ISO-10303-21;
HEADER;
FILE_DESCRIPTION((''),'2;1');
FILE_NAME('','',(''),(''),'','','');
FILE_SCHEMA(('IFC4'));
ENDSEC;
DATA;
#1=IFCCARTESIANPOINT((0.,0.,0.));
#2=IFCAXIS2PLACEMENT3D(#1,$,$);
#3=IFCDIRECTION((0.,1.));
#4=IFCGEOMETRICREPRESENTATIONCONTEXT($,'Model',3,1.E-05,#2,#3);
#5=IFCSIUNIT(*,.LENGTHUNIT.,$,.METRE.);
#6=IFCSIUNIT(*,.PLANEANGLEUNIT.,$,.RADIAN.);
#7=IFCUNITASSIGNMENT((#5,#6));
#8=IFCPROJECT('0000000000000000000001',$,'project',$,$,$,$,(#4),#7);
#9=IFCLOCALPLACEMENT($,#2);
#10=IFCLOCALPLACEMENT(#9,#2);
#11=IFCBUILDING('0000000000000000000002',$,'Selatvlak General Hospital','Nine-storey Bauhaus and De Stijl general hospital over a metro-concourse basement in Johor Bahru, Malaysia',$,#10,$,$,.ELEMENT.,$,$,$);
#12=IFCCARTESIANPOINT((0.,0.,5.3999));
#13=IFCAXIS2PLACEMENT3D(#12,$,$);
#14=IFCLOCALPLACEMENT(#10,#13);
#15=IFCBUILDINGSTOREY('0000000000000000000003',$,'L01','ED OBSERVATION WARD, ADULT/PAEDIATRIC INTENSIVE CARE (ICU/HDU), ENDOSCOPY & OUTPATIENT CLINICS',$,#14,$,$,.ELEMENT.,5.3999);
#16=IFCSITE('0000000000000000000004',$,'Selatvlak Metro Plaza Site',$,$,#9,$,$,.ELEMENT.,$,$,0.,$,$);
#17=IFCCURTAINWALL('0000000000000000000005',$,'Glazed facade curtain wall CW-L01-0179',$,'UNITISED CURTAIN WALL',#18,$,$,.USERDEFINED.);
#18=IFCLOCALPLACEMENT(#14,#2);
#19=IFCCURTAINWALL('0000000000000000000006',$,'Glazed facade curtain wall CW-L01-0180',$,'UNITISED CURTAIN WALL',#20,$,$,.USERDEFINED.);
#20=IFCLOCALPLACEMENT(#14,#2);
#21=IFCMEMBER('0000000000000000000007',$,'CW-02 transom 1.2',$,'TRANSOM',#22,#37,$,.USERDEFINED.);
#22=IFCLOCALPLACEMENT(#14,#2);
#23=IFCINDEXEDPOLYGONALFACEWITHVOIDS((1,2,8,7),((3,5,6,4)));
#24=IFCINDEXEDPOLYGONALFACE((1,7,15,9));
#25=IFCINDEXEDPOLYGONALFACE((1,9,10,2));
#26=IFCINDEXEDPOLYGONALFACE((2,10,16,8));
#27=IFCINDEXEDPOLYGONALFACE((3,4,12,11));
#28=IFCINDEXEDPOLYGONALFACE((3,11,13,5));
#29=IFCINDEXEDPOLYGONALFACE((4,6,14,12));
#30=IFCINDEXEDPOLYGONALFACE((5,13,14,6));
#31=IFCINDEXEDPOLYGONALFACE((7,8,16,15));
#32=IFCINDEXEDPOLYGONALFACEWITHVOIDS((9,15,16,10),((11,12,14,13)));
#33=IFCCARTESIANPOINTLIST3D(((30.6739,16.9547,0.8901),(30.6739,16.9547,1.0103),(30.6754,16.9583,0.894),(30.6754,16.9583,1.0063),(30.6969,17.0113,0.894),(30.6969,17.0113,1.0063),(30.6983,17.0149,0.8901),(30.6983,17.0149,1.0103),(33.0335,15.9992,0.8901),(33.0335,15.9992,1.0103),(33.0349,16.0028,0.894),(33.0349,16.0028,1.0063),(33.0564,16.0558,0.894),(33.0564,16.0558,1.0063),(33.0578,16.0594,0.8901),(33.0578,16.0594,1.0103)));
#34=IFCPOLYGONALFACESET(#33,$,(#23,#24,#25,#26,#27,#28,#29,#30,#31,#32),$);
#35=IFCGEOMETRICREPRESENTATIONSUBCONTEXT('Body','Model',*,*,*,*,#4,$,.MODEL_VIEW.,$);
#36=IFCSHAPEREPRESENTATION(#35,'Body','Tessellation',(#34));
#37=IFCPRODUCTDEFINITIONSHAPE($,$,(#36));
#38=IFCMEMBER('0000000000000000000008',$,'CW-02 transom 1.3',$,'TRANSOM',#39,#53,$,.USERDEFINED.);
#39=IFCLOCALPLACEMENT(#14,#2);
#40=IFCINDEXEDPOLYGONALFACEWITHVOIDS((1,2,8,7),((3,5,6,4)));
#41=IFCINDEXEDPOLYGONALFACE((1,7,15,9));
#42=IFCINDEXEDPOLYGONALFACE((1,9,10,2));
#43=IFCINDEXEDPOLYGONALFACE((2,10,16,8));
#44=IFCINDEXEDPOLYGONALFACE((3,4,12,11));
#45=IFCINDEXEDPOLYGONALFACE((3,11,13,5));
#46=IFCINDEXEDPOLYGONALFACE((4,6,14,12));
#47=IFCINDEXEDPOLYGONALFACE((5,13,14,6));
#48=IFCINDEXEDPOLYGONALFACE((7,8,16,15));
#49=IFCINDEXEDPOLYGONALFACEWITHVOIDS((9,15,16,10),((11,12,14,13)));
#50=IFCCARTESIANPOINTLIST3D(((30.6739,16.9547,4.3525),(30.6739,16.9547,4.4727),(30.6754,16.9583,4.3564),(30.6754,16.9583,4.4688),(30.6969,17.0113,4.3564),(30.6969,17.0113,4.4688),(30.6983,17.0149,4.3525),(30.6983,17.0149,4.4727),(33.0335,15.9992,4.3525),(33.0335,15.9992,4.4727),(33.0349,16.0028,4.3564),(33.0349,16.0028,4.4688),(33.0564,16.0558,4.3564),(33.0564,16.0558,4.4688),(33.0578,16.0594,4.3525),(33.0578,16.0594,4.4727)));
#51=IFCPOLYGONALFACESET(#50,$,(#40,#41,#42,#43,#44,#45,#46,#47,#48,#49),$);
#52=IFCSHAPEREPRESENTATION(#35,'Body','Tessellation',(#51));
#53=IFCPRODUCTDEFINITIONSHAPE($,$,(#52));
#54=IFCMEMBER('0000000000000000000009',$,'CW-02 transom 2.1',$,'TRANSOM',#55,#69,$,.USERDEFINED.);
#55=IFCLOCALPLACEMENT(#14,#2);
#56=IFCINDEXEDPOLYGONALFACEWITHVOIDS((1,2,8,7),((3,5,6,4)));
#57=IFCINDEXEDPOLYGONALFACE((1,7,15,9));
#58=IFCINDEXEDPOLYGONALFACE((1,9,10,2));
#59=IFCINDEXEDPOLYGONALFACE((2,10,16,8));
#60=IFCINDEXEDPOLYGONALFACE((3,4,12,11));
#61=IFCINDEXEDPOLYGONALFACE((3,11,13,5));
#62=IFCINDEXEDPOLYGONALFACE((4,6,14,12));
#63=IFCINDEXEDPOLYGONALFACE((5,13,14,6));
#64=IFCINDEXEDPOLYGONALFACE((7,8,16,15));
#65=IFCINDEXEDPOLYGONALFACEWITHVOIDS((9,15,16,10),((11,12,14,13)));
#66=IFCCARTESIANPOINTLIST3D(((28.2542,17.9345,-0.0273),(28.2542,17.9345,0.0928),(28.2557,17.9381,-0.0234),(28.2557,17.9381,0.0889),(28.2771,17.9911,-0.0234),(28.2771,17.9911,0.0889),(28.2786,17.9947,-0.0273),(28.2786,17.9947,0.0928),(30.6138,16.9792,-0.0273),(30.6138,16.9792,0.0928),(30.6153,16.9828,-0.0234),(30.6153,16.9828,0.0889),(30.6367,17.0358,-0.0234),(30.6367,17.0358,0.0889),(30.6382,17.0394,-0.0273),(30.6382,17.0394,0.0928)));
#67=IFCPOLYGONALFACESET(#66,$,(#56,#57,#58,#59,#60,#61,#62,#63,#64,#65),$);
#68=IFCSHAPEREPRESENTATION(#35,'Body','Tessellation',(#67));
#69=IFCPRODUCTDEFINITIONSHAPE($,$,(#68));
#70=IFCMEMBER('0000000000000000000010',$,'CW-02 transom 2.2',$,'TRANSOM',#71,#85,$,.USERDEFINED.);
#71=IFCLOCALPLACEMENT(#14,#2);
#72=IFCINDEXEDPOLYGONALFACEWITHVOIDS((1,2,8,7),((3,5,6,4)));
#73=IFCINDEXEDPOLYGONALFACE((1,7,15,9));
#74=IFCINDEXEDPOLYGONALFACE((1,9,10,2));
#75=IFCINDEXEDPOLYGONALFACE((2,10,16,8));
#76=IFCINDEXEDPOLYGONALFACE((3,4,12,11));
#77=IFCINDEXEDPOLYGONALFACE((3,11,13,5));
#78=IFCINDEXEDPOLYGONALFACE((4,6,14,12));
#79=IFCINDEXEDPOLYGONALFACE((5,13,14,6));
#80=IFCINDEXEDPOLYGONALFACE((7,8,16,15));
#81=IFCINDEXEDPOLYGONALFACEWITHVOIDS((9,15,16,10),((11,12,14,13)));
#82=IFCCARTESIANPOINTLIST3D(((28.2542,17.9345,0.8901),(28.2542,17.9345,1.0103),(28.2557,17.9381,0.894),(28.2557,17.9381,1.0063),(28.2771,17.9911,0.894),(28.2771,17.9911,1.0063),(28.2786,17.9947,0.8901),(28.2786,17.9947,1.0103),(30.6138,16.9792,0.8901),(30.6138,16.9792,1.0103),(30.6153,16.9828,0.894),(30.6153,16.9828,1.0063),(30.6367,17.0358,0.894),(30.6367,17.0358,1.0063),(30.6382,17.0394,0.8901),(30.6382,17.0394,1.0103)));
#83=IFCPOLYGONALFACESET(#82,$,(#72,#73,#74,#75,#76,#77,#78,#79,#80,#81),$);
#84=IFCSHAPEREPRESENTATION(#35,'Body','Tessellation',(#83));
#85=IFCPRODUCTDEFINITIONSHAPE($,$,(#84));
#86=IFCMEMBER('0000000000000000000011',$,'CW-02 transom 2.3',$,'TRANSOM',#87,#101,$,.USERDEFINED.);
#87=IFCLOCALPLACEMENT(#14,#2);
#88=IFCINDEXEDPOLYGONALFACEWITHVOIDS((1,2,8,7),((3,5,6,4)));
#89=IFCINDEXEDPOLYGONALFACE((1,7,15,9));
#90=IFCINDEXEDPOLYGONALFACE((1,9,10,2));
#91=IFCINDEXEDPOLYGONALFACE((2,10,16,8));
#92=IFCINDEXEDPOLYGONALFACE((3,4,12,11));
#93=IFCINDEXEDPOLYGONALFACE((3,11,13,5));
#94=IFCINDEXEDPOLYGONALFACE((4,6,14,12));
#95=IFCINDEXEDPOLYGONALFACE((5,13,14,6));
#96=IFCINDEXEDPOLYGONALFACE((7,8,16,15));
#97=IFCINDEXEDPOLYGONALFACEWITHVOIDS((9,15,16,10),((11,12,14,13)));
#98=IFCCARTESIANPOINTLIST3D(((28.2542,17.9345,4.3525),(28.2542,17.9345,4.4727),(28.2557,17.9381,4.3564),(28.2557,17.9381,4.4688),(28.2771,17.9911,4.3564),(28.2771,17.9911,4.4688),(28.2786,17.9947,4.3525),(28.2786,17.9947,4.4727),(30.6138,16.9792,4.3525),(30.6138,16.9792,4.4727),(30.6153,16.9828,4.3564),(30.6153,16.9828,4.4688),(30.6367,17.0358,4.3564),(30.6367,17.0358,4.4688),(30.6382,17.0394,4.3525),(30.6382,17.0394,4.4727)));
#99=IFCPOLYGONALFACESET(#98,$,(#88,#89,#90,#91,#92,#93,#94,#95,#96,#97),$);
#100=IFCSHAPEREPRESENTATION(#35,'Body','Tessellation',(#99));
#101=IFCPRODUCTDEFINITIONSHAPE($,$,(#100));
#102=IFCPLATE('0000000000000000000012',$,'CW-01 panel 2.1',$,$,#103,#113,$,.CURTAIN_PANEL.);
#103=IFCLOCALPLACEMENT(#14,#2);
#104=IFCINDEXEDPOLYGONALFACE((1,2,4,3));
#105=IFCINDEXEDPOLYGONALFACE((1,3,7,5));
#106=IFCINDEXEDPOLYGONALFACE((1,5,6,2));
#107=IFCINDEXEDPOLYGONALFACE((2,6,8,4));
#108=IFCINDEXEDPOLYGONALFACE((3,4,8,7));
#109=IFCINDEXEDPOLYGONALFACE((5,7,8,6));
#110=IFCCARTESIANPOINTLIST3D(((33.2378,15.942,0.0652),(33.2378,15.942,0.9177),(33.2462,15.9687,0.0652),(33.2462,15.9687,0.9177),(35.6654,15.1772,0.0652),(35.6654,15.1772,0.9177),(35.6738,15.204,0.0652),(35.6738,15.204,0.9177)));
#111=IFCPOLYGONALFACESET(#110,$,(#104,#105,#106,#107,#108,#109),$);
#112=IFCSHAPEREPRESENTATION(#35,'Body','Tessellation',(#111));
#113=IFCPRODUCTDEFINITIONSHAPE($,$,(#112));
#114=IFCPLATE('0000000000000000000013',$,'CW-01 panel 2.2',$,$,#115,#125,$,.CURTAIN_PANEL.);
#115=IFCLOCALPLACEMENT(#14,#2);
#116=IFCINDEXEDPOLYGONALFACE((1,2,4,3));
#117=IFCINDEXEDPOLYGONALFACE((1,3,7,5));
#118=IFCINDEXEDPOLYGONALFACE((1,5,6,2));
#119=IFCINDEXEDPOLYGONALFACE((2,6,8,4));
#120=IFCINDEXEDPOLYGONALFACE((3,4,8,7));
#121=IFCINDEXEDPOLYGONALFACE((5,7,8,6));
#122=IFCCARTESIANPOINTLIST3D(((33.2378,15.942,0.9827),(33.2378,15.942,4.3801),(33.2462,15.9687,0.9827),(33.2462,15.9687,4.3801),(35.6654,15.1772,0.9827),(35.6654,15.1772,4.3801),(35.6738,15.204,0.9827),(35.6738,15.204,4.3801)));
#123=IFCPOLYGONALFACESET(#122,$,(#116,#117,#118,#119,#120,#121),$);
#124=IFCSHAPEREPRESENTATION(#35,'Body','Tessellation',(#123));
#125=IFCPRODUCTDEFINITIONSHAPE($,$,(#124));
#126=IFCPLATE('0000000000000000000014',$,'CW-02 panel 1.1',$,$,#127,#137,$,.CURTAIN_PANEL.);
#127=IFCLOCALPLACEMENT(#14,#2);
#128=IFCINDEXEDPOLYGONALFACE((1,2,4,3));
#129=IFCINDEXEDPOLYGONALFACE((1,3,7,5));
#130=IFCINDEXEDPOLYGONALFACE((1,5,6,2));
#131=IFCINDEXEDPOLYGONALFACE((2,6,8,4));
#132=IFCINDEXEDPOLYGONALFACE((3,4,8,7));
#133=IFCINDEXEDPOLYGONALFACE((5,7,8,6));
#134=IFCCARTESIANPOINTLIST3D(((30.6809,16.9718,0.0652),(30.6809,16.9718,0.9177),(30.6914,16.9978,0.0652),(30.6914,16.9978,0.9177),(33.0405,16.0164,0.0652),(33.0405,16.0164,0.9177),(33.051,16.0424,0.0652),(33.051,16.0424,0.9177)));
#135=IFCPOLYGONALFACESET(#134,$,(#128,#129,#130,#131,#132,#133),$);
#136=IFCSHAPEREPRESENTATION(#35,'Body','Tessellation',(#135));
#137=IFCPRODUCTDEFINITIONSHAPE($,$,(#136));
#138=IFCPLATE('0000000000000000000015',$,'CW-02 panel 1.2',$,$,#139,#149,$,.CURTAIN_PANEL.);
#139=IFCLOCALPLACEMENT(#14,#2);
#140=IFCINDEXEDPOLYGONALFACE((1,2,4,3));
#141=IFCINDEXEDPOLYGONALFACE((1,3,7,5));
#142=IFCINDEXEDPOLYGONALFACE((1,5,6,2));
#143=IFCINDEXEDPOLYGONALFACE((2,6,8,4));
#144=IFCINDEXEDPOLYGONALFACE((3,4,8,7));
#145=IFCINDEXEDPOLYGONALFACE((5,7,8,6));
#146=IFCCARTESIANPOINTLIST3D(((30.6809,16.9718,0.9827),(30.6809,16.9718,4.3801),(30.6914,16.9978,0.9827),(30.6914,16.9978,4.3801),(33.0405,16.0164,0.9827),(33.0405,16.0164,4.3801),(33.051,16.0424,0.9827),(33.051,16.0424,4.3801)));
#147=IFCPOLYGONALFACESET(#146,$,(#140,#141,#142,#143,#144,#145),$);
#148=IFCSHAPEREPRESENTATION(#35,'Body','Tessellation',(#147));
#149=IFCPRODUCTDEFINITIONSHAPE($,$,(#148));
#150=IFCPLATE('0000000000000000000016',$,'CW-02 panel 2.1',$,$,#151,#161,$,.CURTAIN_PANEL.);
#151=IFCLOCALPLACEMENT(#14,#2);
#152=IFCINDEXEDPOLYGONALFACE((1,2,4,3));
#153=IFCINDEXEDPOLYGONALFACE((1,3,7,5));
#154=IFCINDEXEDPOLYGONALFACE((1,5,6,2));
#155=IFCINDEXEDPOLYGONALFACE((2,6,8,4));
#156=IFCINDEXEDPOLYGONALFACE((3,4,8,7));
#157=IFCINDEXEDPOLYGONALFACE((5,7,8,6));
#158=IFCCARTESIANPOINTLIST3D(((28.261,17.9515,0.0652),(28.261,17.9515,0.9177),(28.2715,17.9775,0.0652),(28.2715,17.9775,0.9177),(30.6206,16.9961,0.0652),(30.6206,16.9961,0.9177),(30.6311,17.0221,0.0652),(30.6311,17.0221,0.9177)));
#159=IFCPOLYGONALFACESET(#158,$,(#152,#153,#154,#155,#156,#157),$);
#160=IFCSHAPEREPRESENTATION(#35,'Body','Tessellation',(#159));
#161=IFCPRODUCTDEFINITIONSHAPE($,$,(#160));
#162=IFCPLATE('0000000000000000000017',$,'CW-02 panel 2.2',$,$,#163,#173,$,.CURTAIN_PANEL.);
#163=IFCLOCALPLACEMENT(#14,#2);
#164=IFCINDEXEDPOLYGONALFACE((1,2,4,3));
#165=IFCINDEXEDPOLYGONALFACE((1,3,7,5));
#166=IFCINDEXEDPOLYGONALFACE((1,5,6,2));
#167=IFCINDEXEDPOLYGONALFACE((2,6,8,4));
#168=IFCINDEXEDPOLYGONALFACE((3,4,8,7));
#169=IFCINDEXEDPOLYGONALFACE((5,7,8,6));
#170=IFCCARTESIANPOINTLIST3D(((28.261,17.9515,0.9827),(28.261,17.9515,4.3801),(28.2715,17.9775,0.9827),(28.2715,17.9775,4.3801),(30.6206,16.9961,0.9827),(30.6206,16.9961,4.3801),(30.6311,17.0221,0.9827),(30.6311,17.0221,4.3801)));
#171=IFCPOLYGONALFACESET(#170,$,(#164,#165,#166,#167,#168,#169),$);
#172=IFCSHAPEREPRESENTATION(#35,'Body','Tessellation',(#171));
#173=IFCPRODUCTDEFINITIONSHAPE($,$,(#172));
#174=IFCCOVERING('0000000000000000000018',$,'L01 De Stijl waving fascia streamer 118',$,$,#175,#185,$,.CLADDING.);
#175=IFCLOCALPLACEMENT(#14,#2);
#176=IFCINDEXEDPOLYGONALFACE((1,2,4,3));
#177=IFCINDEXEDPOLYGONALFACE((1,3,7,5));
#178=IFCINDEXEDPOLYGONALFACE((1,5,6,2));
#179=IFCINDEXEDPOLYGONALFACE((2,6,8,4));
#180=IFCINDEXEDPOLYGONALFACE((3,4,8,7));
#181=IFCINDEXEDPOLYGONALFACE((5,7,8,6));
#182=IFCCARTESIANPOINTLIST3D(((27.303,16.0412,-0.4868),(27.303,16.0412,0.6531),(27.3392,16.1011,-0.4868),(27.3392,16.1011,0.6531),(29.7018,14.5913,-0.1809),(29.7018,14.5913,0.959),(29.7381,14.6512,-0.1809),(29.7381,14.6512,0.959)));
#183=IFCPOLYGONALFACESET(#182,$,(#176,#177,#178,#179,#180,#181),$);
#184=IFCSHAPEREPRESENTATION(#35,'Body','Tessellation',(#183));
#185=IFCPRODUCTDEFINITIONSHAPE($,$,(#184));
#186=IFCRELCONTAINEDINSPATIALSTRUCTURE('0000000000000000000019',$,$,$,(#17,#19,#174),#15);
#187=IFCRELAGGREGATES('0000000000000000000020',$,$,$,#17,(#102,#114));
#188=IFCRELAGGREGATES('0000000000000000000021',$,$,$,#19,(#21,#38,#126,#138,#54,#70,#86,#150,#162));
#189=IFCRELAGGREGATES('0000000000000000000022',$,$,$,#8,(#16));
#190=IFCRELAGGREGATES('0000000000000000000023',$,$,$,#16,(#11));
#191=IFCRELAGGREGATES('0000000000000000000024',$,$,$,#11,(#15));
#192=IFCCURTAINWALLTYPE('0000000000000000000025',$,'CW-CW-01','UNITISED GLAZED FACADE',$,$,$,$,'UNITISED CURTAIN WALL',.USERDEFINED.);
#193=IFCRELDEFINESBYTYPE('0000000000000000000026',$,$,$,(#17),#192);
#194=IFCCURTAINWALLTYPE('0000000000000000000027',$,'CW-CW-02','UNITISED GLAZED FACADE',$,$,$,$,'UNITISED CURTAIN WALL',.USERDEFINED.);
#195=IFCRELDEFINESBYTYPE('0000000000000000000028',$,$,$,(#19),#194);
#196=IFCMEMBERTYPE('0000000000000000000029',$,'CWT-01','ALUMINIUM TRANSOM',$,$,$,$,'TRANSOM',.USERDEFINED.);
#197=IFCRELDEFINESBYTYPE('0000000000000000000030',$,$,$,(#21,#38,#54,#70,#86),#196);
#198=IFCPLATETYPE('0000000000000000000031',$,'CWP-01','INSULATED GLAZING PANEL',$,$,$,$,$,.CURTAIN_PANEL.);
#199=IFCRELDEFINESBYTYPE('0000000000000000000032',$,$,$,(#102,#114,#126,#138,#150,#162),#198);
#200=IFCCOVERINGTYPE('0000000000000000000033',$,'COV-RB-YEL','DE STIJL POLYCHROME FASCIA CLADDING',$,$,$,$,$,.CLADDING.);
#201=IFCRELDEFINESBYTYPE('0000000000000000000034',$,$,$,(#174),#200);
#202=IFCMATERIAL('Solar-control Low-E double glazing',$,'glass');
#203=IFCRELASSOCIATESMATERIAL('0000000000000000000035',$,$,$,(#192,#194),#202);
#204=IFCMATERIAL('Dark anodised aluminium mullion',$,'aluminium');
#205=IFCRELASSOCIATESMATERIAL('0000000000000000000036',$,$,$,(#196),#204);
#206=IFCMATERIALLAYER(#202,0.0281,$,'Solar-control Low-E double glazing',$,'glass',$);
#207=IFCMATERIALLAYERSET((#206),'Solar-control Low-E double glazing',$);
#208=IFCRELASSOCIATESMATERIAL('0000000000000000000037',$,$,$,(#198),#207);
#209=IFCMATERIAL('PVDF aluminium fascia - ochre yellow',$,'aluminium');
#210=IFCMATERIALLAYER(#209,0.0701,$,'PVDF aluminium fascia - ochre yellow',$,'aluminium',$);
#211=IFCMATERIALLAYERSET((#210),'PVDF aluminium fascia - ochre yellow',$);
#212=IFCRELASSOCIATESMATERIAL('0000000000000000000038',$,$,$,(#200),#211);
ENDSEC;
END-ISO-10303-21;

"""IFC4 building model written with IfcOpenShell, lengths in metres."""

from ifc_helpers import new_model, si_unit, direction, frame, origin, origin_2d, place, context, subcontext, project, spatial, polyline, rectangle, hollow_rectangle, outline, extrude, material, layer, layer_set, material_profile, profile_set, type_object, element, aggregate, save


model = new_model("IFC4")

# Units and contexts
model_context = context("Model", 3, precision=1e-05, world=origin(), true_north=direction((0.0, 1.0)))
body_context = subcontext(model_context, "Body", "Model", "MODEL_VIEW")
ifc_project = project(units=[si_unit("LENGTHUNIT", "METRE"), si_unit("PLANEANGLEUNIT", "RADIAN")], contexts=[model_context])

# Site, building, storey
site_placement = place(None, origin())
site = spatial("IfcSite", under=ifc_project, at=site_placement, Name="Selatvlak Metro Plaza Site", CompositionType="ELEMENT", RefElevation=0.0)
building_placement = place(site_placement, origin())
building = spatial("IfcBuilding", under=site, at=building_placement, Name="Selatvlak General Hospital", Description="Nine-storey Bauhaus and De Stijl general hospital over a metro-concourse basement in Johor Bahru, Malaysia", CompositionType="ELEMENT")
storey_placement = place(building_placement, frame((0.0, 0.0, 5.3999)))
storey = spatial("IfcBuildingStorey", under=building, at=storey_placement, Name="L01", Description="ED OBSERVATION WARD, ADULT/PAEDIATRIC INTENSIVE CARE (ICU/HDU), ENDOSCOPY & OUTPATIENT CLINICS", CompositionType="ELEMENT", Elevation=5.3999)

# Curtain wall
ifc_material_1 = material(Name="Solar-control Low-E double glazing", Category="glass")
curtain_wall_type_1 = type_object("IfcCurtainWallType", Name="CW-CW-01", Description="UNITISED GLAZED FACADE", ElementType="UNITISED CURTAIN WALL", PredefinedType="USERDEFINED", material=ifc_material_1)
curtain_wall_1_placement = place(storey_placement, origin())
curtain_wall_1 = element("IfcCurtainWall", 1, at=curtain_wall_1_placement, inside=storey, type_object=curtain_wall_type_1, Name="Glazed facade curtain wall CW-L01-0179", ObjectType="UNITISED CURTAIN WALL", PredefinedType="USERDEFINED")
ifc_material_2 = material(Name="Dark anodised aluminium mullion", Category="aluminium")

# Curtain wall
curtain_wall_type_2 = type_object("IfcCurtainWallType", Name="CW-CW-02", Description="UNITISED GLAZED FACADE", ElementType="UNITISED CURTAIN WALL", PredefinedType="USERDEFINED", material=ifc_material_1)
curtain_wall_2_placement = place(storey_placement, origin())
curtain_wall_2 = element("IfcCurtainWall", 2, at=curtain_wall_2_placement, inside=storey, type_object=curtain_wall_type_2, Name="Glazed facade curtain wall CW-L01-0180", ObjectType="UNITISED CURTAIN WALL", PredefinedType="USERDEFINED")

# Members
ifc_material_profile_1 = material_profile(ifc_material_2, hollow_rectangle(XDim=0.0649, YDim=0.1201, WallThickness=0.0039, at=origin_2d()), Name="AL-TRN 65x120x4")
ifc_profile_set_1 = profile_set([ifc_material_profile_1], Name="Dark anodised aluminium mullion")
member_type_1 = type_object("IfcMemberType", Name="CWT-01", Description="ALUMINIUM TRANSOM", ElementType="TRANSOM", PredefinedType="USERDEFINED", material=ifc_profile_set_1)
member_1_placement = place(storey_placement, frame((33.0457, 16.0293, 0.9502), z_axis=(-0.926881, 0.375356, 0.0), x_axis=(-0.375356, -0.926881, 0.0)))
member_1 = element("IfcMember", 3, at=member_1_placement, type_object=member_type_1, Name="CW-02 transom 1.2", ObjectType="TRANSOM", PredefinedType="USERDEFINED", context=body_context, shape_type="SweptSolid", body=[
    extrude(hollow_rectangle(XDim=0.0649, YDim=0.1201, WallThickness=0.0039, at=origin_2d()), origin(), (0.0, 0.0, 1.0), 2.5457),
])
member_2_placement = place(storey_placement, frame((33.0457, 16.0293, 4.4126), z_axis=(-0.926881, 0.375356, 0.0), x_axis=(-0.375356, -0.926881, 0.0)))
member_2 = element("IfcMember", 4, at=member_2_placement, type_object=member_type_1, Name="CW-02 transom 1.3", ObjectType="TRANSOM", PredefinedType="USERDEFINED", context=body_context, shape_type="SweptSolid", body=[
    extrude(hollow_rectangle(XDim=0.0649, YDim=0.1201, WallThickness=0.0039, at=origin_2d()), origin(), (0.0, 0.0, 1.0), 2.5457),
])
member_3_placement = place(storey_placement, frame((30.626, 17.0093, 0.0327), z_axis=(-0.926914, 0.375273, 0.0), x_axis=(-0.375273, -0.926914, 0.0)))
member_3 = element("IfcMember", 5, at=member_3_placement, type_object=member_type_1, Name="CW-02 transom 2.1", ObjectType="TRANSOM", PredefinedType="USERDEFINED", context=body_context, shape_type="SweptSolid", body=[
    extrude(hollow_rectangle(XDim=0.0649, YDim=0.1201, WallThickness=0.0039, at=origin_2d()), origin(), (0.0, 0.0, 1.0), 2.5457),
])
member_4_placement = place(storey_placement, frame((30.626, 17.0093, 0.9502), z_axis=(-0.926914, 0.375273, 0.0), x_axis=(-0.375273, -0.926914, 0.0)))
member_4 = element("IfcMember", 6, at=member_4_placement, type_object=member_type_1, Name="CW-02 transom 2.2", ObjectType="TRANSOM", PredefinedType="USERDEFINED", context=body_context, shape_type="SweptSolid", body=[
    extrude(hollow_rectangle(XDim=0.0649, YDim=0.1201, WallThickness=0.0039, at=origin_2d()), origin(), (0.0, 0.0, 1.0), 2.5457),
])
member_5_placement = place(storey_placement, frame((30.626, 17.0093, 4.4126), z_axis=(-0.926914, 0.375273, 0.0), x_axis=(-0.375273, -0.926914, 0.0)))
member_5 = element("IfcMember", 7, at=member_5_placement, type_object=member_type_1, Name="CW-02 transom 2.3", ObjectType="TRANSOM", PredefinedType="USERDEFINED", context=body_context, shape_type="SweptSolid", body=[
    extrude(hollow_rectangle(XDim=0.0649, YDim=0.1201, WallThickness=0.0039, at=origin_2d()), origin(), (0.0, 0.0, 1.0), 2.5457),
])

# Plates
ifc_layer_1 = layer(ifc_material_1, 0.0281, Name="Solar-control Low-E double glazing", Category="glass")
ifc_layer_set_1 = layer_set([ifc_layer_1], Name="Solar-control Low-E double glazing")
plate_type = type_object("IfcPlateType", Name="CWP-01", Description="INSULATED GLAZING PANEL", PredefinedType="CURTAIN_PANEL", material=ifc_layer_set_1)
plate_1_placement = place(storey_placement, frame((34.4558, 15.573, 0.0652), z_axis=(0.0, 0.0, 1.0), x_axis=(-0.953794, 0.300461, 0.0)))
plate_1 = element("IfcPlate", 8, at=plate_1_placement, type_object=plate_type, Name="CW-01 panel 2.1", PredefinedType="CURTAIN_PANEL", context=body_context, shape_type="SweptSolid", body=[
    extrude(rectangle(XDim=2.5452, YDim=0.0281, at=origin_2d()), origin(), (0.0, 0.0, 1.0), 0.8525),
])
plate_2_placement = place(storey_placement, frame((34.4558, 15.573, 0.9827), z_axis=(0.0, 0.0, 1.0), x_axis=(-0.953794, 0.300461, 0.0)))
plate_2 = element("IfcPlate", 9, at=plate_2_placement, type_object=plate_type, Name="CW-01 panel 2.2", PredefinedType="CURTAIN_PANEL", context=body_context, shape_type="SweptSolid", body=[
    extrude(rectangle(XDim=2.5452, YDim=0.0281, at=origin_2d()), origin(), (0.0, 0.0, 1.0), 3.3975),
])
aggregate(curtain_wall_1, [plate_1, plate_2])
plate_3_placement = place(storey_placement, frame((31.866, 16.5071, 0.0652), z_axis=(0.0, 0.0, 1.0), x_axis=(-0.926903, 0.375301, 0.0)))
plate_3 = element("IfcPlate", 10, at=plate_3_placement, type_object=plate_type, Name="CW-02 panel 1.1", PredefinedType="CURTAIN_PANEL", context=body_context, shape_type="SweptSolid", body=[
    extrude(rectangle(XDim=2.5457, YDim=0.0281, at=origin_2d()), origin(), (0.0, 0.0, 1.0), 0.8525),
])
plate_4_placement = place(storey_placement, frame((31.866, 16.5071, 0.9827), z_axis=(0.0, 0.0, 1.0), x_axis=(-0.926903, 0.375301, 0.0)))
plate_4 = element("IfcPlate", 11, at=plate_4_placement, type_object=plate_type, Name="CW-02 panel 1.2", PredefinedType="CURTAIN_PANEL", context=body_context, shape_type="SweptSolid", body=[
    extrude(rectangle(XDim=2.5457, YDim=0.0281, at=origin_2d()), origin(), (0.0, 0.0, 1.0), 3.3975),
])
plate_5_placement = place(storey_placement, frame((29.446, 17.4868, 0.0652), z_axis=(0.0, 0.0, 1.0), x_axis=(-0.926903, 0.375301, 0.0)))
plate_5 = element("IfcPlate", 12, at=plate_5_placement, type_object=plate_type, Name="CW-02 panel 2.1", PredefinedType="CURTAIN_PANEL", context=body_context, shape_type="SweptSolid", body=[
    extrude(rectangle(XDim=2.5457, YDim=0.0281, at=origin_2d()), origin(), (0.0, 0.0, 1.0), 0.8525),
])
plate_6_placement = place(storey_placement, frame((29.446, 17.4868, 0.9827), z_axis=(0.0, 0.0, 1.0), x_axis=(-0.926903, 0.375301, 0.0)))
plate_6 = element("IfcPlate", 13, at=plate_6_placement, type_object=plate_type, Name="CW-02 panel 2.2", PredefinedType="CURTAIN_PANEL", context=body_context, shape_type="SweptSolid", body=[
    extrude(rectangle(XDim=2.5457, YDim=0.0281, at=origin_2d()), origin(), (0.0, 0.0, 1.0), 3.3975),
])
aggregate(curtain_wall_2, [member_1, member_2, plate_3, plate_4, member_3, member_4, member_5, plate_5, plate_6])

# Covering
ifc_material_3 = material(Name="PVDF aluminium fascia - ochre yellow", Category="aluminium")
ifc_layer_2 = layer(ifc_material_3, 0.0701, Name="PVDF aluminium fascia - ochre yellow", Category="aluminium")
ifc_layer_set_2 = layer_set([ifc_layer_2], Name="PVDF aluminium fascia - ochre yellow")
covering_type = type_object("IfcCoveringType", Name="COV-RB-YEL", Description="DE STIJL POLYCHROME FASCIA CLADDING", PredefinedType="CLADDING", material=ifc_layer_set_2)
covering_1_placement = place(storey_placement, frame((27.321, 16.071, -0.4868), z_axis=(0.0, 0.0, 1.0), x_axis=(0.855821, -0.517272, 0.0)))
element("IfcCovering", 14, at=covering_1_placement, inside=storey, type_object=covering_type, Name="L01 De Stijl waving fascia streamer 118", PredefinedType="CLADDING", context=body_context, shape_type="SweptSolid", body=[
    extrude(outline(polyline([(0.0, 0.0), (2.803, 0.3059), (2.803, 1.4458), (0.0, 1.1399), (0.0, 0.0)])), frame((0.0, 0.0352, 0.0), z_axis=(0.0, -1.0, 0.0), x_axis=(1.0, 0.0, 0.0)), (0.0, 0.0, 1.0), 0.0701),
])

save(model, "model.ifc")
